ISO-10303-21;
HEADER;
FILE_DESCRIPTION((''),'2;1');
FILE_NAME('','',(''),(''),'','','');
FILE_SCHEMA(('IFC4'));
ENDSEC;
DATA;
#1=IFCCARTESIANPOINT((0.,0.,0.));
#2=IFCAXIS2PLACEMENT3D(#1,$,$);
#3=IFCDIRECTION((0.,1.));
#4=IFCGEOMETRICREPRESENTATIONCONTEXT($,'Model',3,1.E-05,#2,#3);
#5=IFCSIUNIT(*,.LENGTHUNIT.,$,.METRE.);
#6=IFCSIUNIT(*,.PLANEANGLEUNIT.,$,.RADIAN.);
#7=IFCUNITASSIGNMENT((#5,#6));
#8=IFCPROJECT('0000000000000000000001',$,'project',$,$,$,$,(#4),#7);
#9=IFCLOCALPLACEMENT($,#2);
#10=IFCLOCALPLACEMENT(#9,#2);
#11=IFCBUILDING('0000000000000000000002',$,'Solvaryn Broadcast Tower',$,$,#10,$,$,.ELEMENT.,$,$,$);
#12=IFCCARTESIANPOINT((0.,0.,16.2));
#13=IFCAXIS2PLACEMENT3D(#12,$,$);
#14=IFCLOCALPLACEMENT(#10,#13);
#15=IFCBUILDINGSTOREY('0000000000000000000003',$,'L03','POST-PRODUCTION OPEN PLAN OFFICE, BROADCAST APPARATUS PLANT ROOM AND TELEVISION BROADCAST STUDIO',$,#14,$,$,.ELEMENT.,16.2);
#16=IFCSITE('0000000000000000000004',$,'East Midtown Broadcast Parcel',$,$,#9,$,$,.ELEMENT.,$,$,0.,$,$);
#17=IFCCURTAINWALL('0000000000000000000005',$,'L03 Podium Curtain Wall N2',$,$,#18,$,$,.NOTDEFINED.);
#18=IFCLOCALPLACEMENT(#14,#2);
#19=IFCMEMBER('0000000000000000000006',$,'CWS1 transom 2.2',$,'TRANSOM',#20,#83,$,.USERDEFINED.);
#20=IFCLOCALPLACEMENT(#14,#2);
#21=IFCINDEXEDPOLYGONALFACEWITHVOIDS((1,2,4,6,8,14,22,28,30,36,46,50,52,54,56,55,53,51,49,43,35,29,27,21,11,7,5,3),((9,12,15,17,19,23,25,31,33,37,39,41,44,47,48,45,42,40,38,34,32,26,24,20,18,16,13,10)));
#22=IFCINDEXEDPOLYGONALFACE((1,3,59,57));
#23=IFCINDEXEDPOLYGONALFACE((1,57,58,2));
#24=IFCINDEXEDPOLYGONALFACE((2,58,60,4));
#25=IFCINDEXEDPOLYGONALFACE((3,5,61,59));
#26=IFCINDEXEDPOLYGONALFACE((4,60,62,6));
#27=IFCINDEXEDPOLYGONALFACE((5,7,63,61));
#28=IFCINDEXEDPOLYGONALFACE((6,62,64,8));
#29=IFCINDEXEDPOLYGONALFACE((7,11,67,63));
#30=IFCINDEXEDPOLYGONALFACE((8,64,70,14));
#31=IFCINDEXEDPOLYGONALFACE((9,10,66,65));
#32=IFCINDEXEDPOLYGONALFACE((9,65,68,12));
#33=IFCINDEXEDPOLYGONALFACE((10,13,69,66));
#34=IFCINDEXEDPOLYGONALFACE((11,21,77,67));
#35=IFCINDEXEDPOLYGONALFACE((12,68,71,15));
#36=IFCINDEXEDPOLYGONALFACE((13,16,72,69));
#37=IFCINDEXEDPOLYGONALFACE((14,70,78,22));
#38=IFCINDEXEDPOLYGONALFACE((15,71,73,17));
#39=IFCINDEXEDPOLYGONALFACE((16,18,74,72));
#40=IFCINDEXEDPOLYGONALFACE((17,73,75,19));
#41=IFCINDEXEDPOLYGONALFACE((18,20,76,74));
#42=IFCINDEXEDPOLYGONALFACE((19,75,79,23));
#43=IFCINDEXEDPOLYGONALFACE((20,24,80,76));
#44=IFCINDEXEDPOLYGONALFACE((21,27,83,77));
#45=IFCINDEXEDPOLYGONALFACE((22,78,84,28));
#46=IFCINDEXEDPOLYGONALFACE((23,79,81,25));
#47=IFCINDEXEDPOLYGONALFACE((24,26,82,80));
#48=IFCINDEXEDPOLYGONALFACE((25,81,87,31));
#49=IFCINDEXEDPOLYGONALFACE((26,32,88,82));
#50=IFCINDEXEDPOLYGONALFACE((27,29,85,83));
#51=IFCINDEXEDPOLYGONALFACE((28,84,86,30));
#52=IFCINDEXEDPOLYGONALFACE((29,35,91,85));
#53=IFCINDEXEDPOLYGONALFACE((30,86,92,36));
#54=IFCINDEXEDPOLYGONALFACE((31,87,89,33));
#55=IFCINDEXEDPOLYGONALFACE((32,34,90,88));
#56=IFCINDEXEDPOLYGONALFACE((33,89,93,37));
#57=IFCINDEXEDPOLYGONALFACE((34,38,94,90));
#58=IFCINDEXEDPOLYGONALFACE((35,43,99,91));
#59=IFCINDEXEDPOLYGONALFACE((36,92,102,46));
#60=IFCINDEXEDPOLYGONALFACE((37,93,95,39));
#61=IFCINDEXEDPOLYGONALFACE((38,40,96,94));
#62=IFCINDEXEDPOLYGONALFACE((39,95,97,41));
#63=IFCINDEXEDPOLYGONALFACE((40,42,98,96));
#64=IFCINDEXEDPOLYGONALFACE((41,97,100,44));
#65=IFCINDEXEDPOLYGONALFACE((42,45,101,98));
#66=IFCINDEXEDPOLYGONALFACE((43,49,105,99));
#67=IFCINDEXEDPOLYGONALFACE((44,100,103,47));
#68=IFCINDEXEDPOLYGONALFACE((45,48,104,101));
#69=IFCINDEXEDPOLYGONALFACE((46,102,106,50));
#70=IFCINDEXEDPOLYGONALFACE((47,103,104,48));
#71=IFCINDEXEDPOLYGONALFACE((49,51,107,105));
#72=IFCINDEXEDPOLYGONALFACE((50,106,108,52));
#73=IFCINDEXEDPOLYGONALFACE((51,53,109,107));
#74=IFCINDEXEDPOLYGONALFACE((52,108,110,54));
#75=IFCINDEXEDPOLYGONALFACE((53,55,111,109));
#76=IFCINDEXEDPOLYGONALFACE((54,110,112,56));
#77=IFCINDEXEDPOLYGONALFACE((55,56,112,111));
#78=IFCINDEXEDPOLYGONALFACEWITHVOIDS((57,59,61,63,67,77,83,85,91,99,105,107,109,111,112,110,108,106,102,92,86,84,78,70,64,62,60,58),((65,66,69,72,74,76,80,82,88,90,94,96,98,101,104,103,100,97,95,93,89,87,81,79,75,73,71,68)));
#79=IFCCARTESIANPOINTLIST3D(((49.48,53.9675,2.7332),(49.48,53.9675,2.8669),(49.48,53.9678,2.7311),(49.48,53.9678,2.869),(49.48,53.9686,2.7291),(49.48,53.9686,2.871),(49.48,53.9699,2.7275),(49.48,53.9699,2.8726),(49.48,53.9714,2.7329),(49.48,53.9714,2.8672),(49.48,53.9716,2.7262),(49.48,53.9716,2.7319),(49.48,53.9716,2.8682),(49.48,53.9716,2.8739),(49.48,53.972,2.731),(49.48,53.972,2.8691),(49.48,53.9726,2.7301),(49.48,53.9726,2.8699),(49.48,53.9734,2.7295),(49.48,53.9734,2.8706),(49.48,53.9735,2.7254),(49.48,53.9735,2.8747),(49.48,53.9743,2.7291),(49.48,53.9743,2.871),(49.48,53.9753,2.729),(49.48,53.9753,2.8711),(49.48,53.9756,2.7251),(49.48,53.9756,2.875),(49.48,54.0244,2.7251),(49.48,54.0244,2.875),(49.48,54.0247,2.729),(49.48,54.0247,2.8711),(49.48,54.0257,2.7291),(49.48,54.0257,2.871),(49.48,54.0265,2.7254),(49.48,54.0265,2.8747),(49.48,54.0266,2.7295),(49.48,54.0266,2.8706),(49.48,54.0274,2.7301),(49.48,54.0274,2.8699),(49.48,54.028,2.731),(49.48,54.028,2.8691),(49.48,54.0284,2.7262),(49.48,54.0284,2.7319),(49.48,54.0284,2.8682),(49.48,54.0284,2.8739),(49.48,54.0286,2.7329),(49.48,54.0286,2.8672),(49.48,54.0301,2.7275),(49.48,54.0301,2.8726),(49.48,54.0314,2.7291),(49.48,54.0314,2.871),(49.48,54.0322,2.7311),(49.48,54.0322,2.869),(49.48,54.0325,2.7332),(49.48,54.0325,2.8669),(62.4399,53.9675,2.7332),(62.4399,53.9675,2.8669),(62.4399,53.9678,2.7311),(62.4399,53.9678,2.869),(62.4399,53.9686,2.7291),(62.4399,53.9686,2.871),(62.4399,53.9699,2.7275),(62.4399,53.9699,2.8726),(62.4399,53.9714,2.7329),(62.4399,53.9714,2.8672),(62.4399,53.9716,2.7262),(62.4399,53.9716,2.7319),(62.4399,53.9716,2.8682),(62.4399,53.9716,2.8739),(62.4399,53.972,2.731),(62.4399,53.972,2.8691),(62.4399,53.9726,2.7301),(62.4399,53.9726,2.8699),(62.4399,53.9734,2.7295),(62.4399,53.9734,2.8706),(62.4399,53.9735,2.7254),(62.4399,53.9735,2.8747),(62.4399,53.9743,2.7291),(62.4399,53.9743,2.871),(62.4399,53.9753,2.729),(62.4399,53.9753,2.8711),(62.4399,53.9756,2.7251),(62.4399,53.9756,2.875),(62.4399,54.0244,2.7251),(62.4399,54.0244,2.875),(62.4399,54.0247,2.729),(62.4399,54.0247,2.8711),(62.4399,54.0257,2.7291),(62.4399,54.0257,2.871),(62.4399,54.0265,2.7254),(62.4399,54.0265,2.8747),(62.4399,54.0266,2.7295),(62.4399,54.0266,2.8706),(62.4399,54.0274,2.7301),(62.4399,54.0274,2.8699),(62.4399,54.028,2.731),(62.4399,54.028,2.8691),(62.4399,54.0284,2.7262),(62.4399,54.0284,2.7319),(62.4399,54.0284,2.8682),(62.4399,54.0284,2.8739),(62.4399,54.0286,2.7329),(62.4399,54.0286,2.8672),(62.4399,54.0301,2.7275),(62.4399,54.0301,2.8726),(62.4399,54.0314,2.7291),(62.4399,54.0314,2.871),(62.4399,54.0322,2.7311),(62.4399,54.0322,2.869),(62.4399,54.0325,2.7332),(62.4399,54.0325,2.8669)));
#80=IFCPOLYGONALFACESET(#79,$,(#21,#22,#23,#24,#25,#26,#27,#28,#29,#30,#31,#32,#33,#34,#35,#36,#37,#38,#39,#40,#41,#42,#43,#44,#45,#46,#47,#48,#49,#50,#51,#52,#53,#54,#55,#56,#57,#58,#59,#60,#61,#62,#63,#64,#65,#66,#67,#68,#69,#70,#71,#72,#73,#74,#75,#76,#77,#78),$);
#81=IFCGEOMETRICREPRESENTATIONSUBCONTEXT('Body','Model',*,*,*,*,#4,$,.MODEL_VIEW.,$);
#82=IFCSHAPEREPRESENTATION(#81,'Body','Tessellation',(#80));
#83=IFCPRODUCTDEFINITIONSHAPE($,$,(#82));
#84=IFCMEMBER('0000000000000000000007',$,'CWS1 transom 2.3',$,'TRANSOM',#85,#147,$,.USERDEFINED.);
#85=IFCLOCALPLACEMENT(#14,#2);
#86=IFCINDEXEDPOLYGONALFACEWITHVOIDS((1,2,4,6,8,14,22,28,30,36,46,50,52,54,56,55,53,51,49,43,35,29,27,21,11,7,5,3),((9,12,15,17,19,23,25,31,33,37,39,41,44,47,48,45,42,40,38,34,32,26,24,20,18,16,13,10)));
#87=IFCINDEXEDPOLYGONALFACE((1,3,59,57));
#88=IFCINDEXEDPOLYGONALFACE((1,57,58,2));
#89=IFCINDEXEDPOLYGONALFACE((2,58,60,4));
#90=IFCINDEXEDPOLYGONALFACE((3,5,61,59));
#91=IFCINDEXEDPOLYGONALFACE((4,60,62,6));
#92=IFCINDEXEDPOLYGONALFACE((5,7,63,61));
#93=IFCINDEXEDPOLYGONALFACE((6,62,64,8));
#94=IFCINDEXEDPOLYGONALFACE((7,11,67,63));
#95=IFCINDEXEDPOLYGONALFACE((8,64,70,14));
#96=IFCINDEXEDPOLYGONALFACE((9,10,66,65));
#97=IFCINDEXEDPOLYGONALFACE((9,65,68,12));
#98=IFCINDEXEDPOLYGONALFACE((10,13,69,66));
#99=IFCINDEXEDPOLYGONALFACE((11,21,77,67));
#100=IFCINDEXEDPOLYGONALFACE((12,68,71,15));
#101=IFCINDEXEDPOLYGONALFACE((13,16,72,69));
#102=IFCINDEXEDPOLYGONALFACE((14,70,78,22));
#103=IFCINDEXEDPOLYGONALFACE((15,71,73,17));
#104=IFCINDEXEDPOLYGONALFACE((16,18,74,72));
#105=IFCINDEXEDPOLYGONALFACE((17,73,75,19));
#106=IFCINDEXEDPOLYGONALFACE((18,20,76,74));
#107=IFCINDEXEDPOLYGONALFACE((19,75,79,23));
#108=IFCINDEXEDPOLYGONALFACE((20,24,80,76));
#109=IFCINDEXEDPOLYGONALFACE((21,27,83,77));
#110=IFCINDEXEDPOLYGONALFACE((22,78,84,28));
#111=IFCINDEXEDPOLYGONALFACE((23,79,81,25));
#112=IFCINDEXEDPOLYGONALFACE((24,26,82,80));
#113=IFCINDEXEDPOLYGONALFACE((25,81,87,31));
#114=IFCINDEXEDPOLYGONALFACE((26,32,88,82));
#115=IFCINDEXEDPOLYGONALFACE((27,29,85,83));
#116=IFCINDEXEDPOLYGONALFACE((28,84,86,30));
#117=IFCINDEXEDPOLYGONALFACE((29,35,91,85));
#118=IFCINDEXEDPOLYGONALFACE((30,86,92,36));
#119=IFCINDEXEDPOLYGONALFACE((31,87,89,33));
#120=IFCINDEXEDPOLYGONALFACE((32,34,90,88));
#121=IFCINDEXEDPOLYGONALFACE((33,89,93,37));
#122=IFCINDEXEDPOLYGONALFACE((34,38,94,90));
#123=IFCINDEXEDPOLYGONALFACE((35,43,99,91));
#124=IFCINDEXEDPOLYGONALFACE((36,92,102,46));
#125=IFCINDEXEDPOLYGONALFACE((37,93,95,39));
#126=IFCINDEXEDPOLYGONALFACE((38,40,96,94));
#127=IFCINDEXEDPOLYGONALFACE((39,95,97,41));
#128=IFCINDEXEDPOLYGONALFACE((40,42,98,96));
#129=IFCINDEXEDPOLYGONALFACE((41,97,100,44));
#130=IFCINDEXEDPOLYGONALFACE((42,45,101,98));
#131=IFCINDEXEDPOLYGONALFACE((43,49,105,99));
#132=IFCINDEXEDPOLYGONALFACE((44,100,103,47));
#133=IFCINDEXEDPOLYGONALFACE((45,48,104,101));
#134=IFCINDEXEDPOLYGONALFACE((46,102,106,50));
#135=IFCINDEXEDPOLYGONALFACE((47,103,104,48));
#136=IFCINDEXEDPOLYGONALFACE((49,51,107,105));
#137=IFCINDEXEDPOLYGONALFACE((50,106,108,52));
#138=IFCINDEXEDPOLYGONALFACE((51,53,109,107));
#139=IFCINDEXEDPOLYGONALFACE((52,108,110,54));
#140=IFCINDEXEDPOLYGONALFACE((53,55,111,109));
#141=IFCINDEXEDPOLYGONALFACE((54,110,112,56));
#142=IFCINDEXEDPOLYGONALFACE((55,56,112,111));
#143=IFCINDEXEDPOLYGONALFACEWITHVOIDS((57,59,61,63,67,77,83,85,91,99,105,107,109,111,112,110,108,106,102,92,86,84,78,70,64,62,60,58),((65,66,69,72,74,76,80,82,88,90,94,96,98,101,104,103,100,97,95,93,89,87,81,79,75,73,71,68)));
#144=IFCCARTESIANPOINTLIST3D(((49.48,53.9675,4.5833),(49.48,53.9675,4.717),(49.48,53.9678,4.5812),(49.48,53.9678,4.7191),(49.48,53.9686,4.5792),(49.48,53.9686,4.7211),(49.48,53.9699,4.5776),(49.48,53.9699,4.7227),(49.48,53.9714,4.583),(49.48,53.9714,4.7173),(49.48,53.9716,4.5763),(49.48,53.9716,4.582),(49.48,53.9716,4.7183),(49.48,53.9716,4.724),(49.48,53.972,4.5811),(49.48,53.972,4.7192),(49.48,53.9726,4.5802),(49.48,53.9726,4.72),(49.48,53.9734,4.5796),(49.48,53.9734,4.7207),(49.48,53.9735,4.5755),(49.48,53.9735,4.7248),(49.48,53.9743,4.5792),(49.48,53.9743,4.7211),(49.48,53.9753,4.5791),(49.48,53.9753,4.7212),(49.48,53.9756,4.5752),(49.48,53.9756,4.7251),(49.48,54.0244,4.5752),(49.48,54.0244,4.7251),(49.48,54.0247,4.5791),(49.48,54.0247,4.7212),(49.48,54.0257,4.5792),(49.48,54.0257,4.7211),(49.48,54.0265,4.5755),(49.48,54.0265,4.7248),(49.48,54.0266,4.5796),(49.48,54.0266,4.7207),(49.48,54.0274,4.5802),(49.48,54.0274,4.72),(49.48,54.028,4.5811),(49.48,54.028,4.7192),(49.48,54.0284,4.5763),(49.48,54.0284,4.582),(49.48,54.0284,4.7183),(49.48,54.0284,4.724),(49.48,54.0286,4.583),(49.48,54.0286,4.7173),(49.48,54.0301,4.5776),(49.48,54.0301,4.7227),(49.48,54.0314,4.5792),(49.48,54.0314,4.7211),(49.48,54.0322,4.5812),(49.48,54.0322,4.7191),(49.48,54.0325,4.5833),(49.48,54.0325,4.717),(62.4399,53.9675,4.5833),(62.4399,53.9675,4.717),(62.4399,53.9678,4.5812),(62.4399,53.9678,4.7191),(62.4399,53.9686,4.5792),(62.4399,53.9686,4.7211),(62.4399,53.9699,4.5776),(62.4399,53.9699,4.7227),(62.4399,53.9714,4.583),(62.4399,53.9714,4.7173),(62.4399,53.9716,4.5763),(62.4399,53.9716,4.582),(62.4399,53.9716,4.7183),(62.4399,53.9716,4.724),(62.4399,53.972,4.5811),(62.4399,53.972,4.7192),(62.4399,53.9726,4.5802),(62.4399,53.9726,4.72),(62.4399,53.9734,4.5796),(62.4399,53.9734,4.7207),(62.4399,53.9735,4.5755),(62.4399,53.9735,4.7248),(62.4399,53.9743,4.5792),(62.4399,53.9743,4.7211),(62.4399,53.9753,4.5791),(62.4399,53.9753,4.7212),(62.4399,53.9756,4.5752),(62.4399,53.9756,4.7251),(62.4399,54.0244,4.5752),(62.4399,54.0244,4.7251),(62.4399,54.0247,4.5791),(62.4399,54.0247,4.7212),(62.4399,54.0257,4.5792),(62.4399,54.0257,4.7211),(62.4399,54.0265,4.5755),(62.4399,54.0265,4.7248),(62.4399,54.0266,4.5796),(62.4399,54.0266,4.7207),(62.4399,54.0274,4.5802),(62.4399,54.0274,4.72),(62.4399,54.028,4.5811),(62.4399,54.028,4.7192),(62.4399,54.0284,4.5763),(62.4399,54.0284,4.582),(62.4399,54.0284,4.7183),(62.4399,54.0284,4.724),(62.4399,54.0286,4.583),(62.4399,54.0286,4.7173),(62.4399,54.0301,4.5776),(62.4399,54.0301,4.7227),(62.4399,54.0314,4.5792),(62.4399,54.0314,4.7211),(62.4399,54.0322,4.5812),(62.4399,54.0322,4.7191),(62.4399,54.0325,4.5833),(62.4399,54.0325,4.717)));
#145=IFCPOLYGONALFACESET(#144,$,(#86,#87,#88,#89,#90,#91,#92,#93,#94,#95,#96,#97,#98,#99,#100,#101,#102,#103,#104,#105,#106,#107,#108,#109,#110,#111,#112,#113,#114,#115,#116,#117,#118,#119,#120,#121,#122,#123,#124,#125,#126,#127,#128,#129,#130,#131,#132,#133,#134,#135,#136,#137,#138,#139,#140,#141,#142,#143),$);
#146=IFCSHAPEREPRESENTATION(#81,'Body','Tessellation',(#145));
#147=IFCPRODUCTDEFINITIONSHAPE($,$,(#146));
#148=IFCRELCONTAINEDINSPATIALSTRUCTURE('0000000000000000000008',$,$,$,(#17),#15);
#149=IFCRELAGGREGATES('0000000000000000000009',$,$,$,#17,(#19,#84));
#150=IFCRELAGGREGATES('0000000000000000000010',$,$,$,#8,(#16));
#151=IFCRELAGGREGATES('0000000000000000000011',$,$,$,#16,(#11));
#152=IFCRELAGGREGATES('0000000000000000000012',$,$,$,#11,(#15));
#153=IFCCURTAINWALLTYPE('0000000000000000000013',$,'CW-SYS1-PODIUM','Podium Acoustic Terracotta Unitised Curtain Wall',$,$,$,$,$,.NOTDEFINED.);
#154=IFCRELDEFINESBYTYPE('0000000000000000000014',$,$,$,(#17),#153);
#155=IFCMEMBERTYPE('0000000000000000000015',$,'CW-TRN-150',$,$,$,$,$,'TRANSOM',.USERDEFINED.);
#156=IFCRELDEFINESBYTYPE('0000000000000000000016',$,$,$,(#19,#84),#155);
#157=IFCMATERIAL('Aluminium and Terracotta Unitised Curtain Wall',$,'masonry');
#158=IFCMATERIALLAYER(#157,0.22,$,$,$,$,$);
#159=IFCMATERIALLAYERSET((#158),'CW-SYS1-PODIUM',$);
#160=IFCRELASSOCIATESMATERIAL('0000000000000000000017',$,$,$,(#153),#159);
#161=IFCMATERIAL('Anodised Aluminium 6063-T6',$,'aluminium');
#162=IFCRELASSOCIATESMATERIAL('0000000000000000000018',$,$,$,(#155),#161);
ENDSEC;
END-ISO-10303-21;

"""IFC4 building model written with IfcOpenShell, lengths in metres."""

from ifc_helpers import new_model, si_unit, direction, frame, origin, origin_2d, place, context, subcontext, project, spatial, hollow_rectangle, extrude, material, layer, layer_set, material_profile, profile_set, type_object, element, aggregate, save


model = new_model("IFC4")

# Units and contexts
model_context = context("Model", 3, precision=1e-05, world=origin(), true_north=direction((0.0, 1.0)))
body_context = subcontext(model_context, "Body", "Model", "MODEL_VIEW")
ifc_project = project(units=[si_unit("LENGTHUNIT", "METRE"), si_unit("PLANEANGLEUNIT", "RADIAN")], contexts=[model_context])

# Site, building, storey
site_placement = place(None, origin())
site = spatial("IfcSite", under=ifc_project, at=site_placement, Name="East Midtown Broadcast Parcel", CompositionType="ELEMENT", RefElevation=0.0)
building_placement = place(site_placement, origin())
building = spatial("IfcBuilding", under=site, at=building_placement, Name="Solvaryn Broadcast Tower", CompositionType="ELEMENT")
storey_placement = place(building_placement, frame((0.0, 0.0, 16.2)))
storey = spatial("IfcBuildingStorey", under=building, at=storey_placement, Name="L03", Description="POST-PRODUCTION OPEN PLAN OFFICE, BROADCAST APPARATUS PLANT ROOM AND TELEVISION BROADCAST STUDIO", CompositionType="ELEMENT", Elevation=16.2)

# Curtain wall
ifc_material_1 = material(Name="Aluminium and Terracotta Unitised Curtain Wall", Category="masonry")
ifc_layer_1 = layer(ifc_material_1, 0.22)
ifc_layer_set_1 = layer_set([ifc_layer_1], Name="CW-SYS1-PODIUM")
curtain_wall_type = type_object("IfcCurtainWallType", Name="CW-SYS1-PODIUM", Description="Podium Acoustic Terracotta Unitised Curtain Wall", PredefinedType="NOTDEFINED", material=ifc_layer_set_1)
curtain_wall_1_placement = place(storey_placement, origin())
curtain_wall_1 = element("IfcCurtainWall", 1, at=curtain_wall_1_placement, inside=storey, type_object=curtain_wall_type, Name="L03 Podium Curtain Wall N2", PredefinedType="NOTDEFINED")

# Members
ifc_material_2 = material(Name="Anodised Aluminium 6063-T6", Category="aluminium")
ifc_material_profile_1 = material_profile(ifc_material_2, hollow_rectangle(XDim=0.0649, YDim=0.1499, WallThickness=0.0039, InnerFilletRadius=0.0039, OuterFilletRadius=0.0081, at=origin_2d()))
ifc_profile_set_1 = profile_set([ifc_material_profile_1], Name="Anodised Aluminium 6063-T6")
member_type_1 = type_object("IfcMemberType", Name="CW-TRN-150", ElementType="TRANSOM", PredefinedType="USERDEFINED", material=ifc_profile_set_1)
member_1_placement = place(storey_placement, frame((49.48, 54.0, 2.8), z_axis=(1.0, 0.0, 0.0), x_axis=(0.0, 1.0, 0.0)))
member_1 = element("IfcMember", 2, at=member_1_placement, type_object=member_type_1, Name="CWS1 transom 2.2", ObjectType="TRANSOM", PredefinedType="USERDEFINED", context=body_context, shape_type="SweptSolid", body=[
    extrude(hollow_rectangle(XDim=0.0649, YDim=0.1499, WallThickness=0.0039, InnerFilletRadius=0.0039, OuterFilletRadius=0.0081, at=origin_2d()), origin(), (0.0, 0.0, 1.0), 12.96),
])
member_2_placement = place(storey_placement, frame((49.48, 54.0, 4.6501), z_axis=(1.0, 0.0, 0.0), x_axis=(0.0, 1.0, 0.0)))
member_2 = element("IfcMember", 3, at=member_2_placement, type_object=member_type_1, Name="CWS1 transom 2.3", ObjectType="TRANSOM", PredefinedType="USERDEFINED", context=body_context, shape_type="SweptSolid", body=[
    extrude(hollow_rectangle(XDim=0.0649, YDim=0.1499, WallThickness=0.0039, InnerFilletRadius=0.0039, OuterFilletRadius=0.0081, at=origin_2d()), origin(), (0.0, 0.0, 1.0), 12.96),
])

aggregate(curtain_wall_1, [member_1, member_2])

save(model, "model.ifc")
